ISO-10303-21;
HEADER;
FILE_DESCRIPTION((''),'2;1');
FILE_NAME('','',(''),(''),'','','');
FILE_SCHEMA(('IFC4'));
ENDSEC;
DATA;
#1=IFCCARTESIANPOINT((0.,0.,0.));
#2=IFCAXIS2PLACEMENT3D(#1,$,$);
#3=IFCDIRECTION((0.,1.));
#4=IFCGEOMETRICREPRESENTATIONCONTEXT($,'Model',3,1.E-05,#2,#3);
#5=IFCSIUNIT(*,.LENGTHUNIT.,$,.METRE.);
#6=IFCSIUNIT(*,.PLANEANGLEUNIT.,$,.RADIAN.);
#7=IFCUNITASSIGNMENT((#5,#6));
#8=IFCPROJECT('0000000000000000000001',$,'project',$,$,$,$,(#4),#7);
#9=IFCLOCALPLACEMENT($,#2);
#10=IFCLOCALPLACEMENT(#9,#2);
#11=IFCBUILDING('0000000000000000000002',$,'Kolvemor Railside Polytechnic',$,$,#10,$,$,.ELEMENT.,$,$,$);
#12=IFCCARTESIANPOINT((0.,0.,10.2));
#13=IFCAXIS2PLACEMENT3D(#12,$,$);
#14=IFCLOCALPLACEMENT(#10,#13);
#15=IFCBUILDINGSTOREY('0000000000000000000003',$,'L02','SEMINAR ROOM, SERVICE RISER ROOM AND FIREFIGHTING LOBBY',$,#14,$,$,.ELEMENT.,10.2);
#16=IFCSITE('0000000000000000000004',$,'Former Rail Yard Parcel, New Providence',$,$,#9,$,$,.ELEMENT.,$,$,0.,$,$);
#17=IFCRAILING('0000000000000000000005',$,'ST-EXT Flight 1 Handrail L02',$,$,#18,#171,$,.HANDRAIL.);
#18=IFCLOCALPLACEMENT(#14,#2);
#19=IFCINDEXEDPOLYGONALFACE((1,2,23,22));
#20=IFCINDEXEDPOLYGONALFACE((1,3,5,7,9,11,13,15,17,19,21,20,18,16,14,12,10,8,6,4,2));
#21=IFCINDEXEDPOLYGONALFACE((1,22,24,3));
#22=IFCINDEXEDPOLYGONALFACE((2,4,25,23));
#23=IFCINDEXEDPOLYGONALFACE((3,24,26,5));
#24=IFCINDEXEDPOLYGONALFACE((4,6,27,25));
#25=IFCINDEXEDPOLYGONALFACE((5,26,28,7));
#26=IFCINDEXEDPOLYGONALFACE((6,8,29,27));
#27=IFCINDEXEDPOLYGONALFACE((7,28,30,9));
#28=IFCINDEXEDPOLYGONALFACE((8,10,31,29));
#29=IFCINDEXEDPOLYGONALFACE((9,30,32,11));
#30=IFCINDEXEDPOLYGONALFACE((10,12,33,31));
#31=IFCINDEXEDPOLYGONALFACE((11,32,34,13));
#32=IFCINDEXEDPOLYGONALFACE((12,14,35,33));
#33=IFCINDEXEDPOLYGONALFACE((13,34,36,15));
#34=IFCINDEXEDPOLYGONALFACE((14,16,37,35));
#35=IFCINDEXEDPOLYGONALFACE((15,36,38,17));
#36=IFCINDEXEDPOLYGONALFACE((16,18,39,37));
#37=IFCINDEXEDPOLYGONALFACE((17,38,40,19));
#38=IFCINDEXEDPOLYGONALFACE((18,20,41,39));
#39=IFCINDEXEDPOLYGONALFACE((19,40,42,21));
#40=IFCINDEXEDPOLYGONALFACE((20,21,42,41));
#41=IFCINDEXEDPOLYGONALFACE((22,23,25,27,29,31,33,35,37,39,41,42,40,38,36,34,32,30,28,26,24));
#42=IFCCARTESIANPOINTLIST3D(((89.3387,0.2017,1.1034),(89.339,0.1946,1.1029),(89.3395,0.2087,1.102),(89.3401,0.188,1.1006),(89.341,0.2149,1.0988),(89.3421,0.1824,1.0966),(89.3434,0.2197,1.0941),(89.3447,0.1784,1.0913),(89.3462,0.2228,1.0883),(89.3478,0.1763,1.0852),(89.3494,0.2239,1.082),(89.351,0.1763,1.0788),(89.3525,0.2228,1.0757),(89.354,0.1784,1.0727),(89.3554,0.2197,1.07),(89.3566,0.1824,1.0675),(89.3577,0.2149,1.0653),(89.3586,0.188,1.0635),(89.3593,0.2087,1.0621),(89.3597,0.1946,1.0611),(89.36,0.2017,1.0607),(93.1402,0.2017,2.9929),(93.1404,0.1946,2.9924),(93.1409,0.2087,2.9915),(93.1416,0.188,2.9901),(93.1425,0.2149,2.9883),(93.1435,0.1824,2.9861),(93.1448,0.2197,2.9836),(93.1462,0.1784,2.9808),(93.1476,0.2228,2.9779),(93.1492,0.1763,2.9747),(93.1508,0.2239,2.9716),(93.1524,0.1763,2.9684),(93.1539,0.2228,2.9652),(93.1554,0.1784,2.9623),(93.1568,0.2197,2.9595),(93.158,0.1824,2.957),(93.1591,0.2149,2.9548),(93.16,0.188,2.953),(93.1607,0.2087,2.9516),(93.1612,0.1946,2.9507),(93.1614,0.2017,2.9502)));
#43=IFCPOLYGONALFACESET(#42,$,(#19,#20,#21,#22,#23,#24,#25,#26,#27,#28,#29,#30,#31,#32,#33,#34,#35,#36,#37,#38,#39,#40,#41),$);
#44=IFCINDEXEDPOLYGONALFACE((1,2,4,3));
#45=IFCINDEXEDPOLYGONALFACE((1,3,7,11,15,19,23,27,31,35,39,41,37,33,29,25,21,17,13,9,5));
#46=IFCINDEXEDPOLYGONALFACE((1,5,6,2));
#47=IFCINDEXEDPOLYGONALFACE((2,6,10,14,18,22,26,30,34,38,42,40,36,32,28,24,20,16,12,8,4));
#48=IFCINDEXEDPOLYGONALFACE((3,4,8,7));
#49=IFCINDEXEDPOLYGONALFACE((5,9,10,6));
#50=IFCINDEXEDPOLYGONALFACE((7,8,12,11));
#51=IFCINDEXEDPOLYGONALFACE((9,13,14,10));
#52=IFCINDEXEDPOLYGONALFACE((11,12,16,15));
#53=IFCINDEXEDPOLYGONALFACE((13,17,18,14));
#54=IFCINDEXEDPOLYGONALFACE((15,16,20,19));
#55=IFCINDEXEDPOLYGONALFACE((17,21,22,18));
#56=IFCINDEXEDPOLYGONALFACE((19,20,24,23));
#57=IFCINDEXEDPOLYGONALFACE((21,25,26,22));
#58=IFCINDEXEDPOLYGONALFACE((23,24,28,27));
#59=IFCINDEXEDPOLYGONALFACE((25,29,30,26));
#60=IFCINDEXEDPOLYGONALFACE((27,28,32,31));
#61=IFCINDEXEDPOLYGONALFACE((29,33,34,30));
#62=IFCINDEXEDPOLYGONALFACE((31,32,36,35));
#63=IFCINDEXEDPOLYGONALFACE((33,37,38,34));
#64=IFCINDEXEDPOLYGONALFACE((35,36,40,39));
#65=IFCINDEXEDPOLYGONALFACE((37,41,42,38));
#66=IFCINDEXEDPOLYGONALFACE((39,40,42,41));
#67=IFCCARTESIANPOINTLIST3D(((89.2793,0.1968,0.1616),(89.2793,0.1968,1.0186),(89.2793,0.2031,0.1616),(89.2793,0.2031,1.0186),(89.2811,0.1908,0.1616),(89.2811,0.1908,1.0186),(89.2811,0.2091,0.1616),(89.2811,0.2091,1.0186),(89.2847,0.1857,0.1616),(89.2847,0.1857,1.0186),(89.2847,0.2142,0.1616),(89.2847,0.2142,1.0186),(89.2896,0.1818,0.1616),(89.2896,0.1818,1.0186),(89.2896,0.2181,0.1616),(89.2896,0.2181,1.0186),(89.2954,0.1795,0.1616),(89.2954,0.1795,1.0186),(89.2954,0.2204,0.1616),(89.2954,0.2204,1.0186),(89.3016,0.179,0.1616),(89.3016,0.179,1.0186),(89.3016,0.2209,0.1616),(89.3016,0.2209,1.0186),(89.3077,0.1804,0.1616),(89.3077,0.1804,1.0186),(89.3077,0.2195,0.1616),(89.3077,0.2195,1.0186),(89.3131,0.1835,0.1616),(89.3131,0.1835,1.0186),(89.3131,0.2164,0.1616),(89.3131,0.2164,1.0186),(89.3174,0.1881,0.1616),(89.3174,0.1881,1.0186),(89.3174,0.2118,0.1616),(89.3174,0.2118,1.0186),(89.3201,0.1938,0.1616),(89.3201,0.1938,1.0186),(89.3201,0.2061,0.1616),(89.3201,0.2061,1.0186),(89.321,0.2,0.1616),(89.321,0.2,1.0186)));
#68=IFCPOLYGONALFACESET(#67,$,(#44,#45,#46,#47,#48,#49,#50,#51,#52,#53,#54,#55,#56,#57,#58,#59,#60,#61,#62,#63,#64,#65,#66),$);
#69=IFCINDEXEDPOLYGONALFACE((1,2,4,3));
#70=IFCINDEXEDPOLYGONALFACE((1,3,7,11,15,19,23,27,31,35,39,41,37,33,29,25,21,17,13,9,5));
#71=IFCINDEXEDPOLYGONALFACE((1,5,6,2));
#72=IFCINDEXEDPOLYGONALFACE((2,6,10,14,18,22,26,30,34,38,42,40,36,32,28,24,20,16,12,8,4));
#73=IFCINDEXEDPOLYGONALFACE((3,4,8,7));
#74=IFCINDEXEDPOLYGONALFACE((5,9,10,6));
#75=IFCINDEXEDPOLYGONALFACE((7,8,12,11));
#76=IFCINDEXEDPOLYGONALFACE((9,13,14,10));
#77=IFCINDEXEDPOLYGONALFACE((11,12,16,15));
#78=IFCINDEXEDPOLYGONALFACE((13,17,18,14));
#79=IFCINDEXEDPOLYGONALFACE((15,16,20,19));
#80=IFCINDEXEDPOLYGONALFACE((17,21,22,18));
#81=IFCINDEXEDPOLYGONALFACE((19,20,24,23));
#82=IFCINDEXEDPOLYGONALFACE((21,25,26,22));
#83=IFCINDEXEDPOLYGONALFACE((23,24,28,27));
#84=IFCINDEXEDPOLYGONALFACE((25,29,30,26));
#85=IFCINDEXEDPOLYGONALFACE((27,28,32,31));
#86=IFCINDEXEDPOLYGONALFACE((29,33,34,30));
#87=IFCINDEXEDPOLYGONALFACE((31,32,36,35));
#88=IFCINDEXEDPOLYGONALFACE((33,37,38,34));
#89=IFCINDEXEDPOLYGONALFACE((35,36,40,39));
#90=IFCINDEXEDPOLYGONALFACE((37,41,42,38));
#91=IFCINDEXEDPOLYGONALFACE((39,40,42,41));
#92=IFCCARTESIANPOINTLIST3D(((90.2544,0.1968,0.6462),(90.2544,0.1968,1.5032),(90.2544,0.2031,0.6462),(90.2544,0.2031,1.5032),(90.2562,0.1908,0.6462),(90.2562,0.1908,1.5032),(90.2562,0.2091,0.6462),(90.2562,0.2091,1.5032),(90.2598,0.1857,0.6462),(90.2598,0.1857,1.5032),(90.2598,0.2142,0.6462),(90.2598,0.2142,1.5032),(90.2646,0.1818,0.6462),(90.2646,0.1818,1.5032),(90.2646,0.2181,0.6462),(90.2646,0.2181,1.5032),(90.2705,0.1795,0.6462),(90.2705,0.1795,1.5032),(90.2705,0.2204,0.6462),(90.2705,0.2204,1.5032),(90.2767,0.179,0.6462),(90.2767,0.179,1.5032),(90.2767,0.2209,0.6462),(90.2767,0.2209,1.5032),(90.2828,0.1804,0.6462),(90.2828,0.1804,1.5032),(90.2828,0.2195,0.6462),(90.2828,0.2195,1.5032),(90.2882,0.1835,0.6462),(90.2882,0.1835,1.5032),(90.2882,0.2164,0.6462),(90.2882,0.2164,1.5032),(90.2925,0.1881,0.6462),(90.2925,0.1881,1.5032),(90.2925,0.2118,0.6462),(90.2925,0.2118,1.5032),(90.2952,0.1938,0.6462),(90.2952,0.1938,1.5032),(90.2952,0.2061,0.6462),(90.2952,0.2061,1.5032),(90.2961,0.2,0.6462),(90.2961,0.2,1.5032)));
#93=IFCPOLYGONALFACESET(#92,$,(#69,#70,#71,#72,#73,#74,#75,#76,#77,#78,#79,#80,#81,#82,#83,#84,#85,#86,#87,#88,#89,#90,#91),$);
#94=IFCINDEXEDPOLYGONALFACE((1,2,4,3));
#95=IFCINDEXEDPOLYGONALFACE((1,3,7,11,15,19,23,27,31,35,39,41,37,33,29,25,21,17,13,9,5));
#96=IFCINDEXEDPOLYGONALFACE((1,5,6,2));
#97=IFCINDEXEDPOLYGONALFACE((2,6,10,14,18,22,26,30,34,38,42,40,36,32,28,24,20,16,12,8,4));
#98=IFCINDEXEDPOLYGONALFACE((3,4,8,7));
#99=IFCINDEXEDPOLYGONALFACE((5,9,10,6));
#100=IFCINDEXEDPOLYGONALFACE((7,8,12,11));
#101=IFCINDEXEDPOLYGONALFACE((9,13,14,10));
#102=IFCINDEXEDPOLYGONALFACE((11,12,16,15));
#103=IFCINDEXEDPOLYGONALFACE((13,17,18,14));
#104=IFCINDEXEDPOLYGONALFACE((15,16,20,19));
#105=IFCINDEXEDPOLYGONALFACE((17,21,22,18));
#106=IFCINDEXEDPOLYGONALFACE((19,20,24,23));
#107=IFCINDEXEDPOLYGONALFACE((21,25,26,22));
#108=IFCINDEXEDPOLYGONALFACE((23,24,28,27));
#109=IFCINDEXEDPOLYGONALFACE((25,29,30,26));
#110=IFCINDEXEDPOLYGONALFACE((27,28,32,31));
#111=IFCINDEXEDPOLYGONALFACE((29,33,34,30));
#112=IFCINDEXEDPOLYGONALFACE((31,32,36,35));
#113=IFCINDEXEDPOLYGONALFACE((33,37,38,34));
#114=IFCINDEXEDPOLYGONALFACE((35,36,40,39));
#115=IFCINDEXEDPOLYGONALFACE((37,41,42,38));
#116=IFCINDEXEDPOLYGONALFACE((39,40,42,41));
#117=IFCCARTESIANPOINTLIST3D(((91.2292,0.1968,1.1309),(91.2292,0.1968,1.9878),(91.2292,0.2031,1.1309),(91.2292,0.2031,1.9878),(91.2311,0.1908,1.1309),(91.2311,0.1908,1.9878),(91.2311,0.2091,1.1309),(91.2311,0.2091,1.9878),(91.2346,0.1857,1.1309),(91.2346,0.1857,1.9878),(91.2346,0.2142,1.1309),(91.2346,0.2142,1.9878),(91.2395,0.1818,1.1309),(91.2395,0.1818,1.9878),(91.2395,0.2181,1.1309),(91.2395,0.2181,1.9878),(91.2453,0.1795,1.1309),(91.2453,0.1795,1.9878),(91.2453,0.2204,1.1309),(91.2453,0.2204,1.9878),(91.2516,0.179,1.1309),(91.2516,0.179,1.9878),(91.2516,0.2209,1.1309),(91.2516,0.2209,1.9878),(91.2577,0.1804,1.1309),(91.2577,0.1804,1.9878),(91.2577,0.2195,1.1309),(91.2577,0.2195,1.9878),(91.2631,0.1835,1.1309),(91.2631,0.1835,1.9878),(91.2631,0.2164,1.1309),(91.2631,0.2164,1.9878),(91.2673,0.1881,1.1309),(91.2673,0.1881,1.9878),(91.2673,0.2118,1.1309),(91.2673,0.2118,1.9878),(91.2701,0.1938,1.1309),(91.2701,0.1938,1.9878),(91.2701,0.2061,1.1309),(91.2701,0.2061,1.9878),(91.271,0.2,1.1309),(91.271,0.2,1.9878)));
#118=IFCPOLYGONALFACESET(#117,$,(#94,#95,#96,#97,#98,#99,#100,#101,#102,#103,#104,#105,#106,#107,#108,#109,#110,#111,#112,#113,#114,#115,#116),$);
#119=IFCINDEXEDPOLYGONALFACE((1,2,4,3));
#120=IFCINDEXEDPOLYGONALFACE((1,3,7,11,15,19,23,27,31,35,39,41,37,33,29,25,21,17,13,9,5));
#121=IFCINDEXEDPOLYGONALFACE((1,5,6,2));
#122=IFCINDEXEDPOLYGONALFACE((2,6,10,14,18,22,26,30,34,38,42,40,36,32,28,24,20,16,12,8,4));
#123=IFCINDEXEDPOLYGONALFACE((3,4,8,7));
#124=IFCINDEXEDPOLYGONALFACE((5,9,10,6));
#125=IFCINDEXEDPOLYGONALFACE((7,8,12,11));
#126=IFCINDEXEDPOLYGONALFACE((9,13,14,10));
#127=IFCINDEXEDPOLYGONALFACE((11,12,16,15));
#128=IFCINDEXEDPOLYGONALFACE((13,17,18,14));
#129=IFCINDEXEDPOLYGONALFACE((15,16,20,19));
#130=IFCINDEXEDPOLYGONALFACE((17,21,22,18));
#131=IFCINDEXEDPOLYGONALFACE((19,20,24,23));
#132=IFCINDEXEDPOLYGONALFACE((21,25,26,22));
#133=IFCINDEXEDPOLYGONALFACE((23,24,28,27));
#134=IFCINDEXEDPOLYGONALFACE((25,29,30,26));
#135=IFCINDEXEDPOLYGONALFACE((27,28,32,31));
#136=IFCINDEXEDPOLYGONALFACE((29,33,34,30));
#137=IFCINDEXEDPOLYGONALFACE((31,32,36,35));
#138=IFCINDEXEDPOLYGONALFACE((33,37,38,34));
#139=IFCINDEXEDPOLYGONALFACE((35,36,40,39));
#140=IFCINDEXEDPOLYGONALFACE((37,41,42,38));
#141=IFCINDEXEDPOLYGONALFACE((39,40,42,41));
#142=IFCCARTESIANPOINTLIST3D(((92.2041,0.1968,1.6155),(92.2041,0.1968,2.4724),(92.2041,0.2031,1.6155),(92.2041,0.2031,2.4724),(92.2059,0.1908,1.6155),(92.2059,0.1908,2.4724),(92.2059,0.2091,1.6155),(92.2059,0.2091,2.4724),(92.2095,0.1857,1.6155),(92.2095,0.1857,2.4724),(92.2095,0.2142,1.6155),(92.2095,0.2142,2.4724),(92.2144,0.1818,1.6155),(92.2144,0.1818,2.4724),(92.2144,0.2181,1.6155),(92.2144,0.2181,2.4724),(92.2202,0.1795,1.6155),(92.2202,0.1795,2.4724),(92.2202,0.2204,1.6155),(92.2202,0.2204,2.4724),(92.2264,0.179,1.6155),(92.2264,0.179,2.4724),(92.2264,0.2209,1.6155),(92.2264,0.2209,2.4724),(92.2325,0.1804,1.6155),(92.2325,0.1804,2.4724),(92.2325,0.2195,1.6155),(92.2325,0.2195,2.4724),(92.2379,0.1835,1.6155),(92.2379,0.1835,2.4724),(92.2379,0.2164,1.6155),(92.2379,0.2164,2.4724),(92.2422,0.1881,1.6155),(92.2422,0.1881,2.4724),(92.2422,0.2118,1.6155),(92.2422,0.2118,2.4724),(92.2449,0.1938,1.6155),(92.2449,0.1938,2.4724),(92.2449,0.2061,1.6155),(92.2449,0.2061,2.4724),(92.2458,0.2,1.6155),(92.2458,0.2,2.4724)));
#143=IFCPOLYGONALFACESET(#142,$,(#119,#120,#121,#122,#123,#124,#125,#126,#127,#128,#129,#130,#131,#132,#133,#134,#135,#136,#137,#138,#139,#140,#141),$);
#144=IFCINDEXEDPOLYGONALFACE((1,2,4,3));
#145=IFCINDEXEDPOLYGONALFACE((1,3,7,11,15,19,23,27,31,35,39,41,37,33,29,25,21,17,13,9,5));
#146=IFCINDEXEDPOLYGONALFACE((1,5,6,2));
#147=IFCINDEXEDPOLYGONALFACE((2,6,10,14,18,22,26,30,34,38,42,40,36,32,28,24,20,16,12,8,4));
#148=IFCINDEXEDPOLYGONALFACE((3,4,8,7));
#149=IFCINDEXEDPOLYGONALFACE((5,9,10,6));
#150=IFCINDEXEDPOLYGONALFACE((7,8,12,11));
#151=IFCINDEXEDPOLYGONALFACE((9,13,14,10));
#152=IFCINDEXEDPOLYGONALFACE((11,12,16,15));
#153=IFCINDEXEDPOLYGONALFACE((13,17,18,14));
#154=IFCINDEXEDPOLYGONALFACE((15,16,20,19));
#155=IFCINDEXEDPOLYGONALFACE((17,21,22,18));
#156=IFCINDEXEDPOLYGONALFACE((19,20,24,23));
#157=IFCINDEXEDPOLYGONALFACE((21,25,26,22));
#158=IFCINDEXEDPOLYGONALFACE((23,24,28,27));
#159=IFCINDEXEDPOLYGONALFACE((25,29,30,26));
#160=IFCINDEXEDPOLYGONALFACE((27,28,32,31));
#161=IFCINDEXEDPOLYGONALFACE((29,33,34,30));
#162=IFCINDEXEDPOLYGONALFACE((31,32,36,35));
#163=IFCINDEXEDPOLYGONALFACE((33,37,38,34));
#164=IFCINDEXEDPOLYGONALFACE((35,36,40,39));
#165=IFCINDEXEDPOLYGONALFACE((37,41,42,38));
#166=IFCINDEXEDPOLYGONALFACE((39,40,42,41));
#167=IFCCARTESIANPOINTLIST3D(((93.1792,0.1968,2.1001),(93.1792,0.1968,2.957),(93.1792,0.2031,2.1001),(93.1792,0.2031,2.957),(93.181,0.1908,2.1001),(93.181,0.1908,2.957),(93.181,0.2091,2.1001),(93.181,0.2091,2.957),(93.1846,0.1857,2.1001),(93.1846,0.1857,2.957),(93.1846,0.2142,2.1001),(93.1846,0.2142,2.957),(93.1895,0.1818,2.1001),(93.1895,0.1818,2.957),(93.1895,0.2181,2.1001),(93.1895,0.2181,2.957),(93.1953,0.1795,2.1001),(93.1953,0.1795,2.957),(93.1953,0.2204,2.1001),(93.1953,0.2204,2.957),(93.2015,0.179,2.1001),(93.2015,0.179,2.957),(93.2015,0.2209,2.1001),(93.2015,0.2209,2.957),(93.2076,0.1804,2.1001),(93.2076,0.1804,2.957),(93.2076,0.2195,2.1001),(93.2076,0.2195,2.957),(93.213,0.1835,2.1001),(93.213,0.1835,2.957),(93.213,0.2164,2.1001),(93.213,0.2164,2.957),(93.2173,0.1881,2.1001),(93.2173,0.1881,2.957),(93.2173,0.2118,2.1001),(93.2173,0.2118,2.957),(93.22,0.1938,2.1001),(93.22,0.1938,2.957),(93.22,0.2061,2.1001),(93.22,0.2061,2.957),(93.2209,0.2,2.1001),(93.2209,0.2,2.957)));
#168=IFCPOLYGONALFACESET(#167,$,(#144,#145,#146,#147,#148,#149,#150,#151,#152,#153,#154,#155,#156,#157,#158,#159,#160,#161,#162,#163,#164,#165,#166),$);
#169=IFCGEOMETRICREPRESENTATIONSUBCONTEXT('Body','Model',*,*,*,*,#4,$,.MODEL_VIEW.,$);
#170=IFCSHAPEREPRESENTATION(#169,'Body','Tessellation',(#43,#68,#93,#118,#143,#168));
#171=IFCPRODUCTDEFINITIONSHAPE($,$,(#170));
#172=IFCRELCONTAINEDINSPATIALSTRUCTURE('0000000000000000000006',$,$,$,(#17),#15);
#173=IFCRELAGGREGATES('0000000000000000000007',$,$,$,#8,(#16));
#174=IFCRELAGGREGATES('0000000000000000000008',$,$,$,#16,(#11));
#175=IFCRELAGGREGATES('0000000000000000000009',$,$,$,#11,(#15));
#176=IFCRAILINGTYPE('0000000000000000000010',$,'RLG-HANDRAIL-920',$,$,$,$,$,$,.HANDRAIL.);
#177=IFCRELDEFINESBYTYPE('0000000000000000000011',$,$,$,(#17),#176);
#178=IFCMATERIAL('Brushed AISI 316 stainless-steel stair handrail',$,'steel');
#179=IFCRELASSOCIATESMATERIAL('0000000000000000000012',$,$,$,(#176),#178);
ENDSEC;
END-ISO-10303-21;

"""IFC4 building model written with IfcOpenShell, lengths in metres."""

from ifc_helpers import new_model, si_unit, direction, frame, origin, origin_2d, place, context, subcontext, project, spatial, circle, extrude, material, type_object, element, save


model = new_model("IFC4")

# Units and contexts
model_context = context("Model", 3, precision=1e-05, world=origin(), true_north=direction((0.0, 1.0)))
body_context = subcontext(model_context, "Body", "Model", "MODEL_VIEW")
ifc_project = project(units=[si_unit("LENGTHUNIT", "METRE"), si_unit("PLANEANGLEUNIT", "RADIAN")], contexts=[model_context])

# Site, building, storey
site_placement = place(None, origin())
site = spatial("IfcSite", under=ifc_project, at=site_placement, Name="Former Rail Yard Parcel, New Providence", CompositionType="ELEMENT", RefElevation=0.0)
building_placement = place(site_placement, origin())
building = spatial("IfcBuilding", under=site, at=building_placement, Name="Kolvemor Railside Polytechnic", CompositionType="ELEMENT")
storey_placement = place(building_placement, frame((0.0, 0.0, 10.2)))
storey = spatial("IfcBuildingStorey", under=building, at=storey_placement, Name="L02", Description="SEMINAR ROOM, SERVICE RISER ROOM AND FIREFIGHTING LOBBY", CompositionType="ELEMENT", Elevation=10.2)

# Railing
ifc_material_1 = material(Name="Brushed AISI 316 stainless-steel stair handrail", Category="steel")
railing_type_1 = type_object("IfcRailingType", Name="RLG-HANDRAIL-920", PredefinedType="HANDRAIL", material=ifc_material_1)
railing_1_placement = place(storey_placement, frame((89.3, 0.2, 0.1616)))
element("IfcRailing", 1, at=railing_1_placement, inside=storey, type_object=railing_type_1, Name="ST-EXT Flight 1 Handrail L02", PredefinedType="HANDRAIL", context=body_context, shape_type="SweptSolid", body=[
    extrude(circle(Radius=0.0239, at=origin_2d()), frame((0.0493, 0.0, 0.9204), z_axis=(0.895479, 0.0, 0.445105), x_axis=(0.0, 1.0, 0.0)), (0.0, 0.0, 1.0), 4.2451),
    extrude(circle(Radius=0.021, at=origin_2d()), origin(), (0.0, 0.0, 1.0), 0.8569),
    extrude(circle(Radius=0.021, at=origin_2d()), frame((0.9751, 0.0, 0.4846)), (0.0, 0.0, 1.0), 0.8569),
    extrude(circle(Radius=0.021, at=origin_2d()), frame((1.95, 0.0, 0.9692)), (0.0, 0.0, 1.0), 0.8569),
    extrude(circle(Radius=0.021, at=origin_2d()), frame((2.9248, 0.0, 1.4539)), (0.0, 0.0, 1.0), 0.8569),
    extrude(circle(Radius=0.021, at=origin_2d()), frame((3.8999, 0.0, 1.9385)), (0.0, 0.0, 1.0), 0.8569),
])

save(model, "model.ifc")
